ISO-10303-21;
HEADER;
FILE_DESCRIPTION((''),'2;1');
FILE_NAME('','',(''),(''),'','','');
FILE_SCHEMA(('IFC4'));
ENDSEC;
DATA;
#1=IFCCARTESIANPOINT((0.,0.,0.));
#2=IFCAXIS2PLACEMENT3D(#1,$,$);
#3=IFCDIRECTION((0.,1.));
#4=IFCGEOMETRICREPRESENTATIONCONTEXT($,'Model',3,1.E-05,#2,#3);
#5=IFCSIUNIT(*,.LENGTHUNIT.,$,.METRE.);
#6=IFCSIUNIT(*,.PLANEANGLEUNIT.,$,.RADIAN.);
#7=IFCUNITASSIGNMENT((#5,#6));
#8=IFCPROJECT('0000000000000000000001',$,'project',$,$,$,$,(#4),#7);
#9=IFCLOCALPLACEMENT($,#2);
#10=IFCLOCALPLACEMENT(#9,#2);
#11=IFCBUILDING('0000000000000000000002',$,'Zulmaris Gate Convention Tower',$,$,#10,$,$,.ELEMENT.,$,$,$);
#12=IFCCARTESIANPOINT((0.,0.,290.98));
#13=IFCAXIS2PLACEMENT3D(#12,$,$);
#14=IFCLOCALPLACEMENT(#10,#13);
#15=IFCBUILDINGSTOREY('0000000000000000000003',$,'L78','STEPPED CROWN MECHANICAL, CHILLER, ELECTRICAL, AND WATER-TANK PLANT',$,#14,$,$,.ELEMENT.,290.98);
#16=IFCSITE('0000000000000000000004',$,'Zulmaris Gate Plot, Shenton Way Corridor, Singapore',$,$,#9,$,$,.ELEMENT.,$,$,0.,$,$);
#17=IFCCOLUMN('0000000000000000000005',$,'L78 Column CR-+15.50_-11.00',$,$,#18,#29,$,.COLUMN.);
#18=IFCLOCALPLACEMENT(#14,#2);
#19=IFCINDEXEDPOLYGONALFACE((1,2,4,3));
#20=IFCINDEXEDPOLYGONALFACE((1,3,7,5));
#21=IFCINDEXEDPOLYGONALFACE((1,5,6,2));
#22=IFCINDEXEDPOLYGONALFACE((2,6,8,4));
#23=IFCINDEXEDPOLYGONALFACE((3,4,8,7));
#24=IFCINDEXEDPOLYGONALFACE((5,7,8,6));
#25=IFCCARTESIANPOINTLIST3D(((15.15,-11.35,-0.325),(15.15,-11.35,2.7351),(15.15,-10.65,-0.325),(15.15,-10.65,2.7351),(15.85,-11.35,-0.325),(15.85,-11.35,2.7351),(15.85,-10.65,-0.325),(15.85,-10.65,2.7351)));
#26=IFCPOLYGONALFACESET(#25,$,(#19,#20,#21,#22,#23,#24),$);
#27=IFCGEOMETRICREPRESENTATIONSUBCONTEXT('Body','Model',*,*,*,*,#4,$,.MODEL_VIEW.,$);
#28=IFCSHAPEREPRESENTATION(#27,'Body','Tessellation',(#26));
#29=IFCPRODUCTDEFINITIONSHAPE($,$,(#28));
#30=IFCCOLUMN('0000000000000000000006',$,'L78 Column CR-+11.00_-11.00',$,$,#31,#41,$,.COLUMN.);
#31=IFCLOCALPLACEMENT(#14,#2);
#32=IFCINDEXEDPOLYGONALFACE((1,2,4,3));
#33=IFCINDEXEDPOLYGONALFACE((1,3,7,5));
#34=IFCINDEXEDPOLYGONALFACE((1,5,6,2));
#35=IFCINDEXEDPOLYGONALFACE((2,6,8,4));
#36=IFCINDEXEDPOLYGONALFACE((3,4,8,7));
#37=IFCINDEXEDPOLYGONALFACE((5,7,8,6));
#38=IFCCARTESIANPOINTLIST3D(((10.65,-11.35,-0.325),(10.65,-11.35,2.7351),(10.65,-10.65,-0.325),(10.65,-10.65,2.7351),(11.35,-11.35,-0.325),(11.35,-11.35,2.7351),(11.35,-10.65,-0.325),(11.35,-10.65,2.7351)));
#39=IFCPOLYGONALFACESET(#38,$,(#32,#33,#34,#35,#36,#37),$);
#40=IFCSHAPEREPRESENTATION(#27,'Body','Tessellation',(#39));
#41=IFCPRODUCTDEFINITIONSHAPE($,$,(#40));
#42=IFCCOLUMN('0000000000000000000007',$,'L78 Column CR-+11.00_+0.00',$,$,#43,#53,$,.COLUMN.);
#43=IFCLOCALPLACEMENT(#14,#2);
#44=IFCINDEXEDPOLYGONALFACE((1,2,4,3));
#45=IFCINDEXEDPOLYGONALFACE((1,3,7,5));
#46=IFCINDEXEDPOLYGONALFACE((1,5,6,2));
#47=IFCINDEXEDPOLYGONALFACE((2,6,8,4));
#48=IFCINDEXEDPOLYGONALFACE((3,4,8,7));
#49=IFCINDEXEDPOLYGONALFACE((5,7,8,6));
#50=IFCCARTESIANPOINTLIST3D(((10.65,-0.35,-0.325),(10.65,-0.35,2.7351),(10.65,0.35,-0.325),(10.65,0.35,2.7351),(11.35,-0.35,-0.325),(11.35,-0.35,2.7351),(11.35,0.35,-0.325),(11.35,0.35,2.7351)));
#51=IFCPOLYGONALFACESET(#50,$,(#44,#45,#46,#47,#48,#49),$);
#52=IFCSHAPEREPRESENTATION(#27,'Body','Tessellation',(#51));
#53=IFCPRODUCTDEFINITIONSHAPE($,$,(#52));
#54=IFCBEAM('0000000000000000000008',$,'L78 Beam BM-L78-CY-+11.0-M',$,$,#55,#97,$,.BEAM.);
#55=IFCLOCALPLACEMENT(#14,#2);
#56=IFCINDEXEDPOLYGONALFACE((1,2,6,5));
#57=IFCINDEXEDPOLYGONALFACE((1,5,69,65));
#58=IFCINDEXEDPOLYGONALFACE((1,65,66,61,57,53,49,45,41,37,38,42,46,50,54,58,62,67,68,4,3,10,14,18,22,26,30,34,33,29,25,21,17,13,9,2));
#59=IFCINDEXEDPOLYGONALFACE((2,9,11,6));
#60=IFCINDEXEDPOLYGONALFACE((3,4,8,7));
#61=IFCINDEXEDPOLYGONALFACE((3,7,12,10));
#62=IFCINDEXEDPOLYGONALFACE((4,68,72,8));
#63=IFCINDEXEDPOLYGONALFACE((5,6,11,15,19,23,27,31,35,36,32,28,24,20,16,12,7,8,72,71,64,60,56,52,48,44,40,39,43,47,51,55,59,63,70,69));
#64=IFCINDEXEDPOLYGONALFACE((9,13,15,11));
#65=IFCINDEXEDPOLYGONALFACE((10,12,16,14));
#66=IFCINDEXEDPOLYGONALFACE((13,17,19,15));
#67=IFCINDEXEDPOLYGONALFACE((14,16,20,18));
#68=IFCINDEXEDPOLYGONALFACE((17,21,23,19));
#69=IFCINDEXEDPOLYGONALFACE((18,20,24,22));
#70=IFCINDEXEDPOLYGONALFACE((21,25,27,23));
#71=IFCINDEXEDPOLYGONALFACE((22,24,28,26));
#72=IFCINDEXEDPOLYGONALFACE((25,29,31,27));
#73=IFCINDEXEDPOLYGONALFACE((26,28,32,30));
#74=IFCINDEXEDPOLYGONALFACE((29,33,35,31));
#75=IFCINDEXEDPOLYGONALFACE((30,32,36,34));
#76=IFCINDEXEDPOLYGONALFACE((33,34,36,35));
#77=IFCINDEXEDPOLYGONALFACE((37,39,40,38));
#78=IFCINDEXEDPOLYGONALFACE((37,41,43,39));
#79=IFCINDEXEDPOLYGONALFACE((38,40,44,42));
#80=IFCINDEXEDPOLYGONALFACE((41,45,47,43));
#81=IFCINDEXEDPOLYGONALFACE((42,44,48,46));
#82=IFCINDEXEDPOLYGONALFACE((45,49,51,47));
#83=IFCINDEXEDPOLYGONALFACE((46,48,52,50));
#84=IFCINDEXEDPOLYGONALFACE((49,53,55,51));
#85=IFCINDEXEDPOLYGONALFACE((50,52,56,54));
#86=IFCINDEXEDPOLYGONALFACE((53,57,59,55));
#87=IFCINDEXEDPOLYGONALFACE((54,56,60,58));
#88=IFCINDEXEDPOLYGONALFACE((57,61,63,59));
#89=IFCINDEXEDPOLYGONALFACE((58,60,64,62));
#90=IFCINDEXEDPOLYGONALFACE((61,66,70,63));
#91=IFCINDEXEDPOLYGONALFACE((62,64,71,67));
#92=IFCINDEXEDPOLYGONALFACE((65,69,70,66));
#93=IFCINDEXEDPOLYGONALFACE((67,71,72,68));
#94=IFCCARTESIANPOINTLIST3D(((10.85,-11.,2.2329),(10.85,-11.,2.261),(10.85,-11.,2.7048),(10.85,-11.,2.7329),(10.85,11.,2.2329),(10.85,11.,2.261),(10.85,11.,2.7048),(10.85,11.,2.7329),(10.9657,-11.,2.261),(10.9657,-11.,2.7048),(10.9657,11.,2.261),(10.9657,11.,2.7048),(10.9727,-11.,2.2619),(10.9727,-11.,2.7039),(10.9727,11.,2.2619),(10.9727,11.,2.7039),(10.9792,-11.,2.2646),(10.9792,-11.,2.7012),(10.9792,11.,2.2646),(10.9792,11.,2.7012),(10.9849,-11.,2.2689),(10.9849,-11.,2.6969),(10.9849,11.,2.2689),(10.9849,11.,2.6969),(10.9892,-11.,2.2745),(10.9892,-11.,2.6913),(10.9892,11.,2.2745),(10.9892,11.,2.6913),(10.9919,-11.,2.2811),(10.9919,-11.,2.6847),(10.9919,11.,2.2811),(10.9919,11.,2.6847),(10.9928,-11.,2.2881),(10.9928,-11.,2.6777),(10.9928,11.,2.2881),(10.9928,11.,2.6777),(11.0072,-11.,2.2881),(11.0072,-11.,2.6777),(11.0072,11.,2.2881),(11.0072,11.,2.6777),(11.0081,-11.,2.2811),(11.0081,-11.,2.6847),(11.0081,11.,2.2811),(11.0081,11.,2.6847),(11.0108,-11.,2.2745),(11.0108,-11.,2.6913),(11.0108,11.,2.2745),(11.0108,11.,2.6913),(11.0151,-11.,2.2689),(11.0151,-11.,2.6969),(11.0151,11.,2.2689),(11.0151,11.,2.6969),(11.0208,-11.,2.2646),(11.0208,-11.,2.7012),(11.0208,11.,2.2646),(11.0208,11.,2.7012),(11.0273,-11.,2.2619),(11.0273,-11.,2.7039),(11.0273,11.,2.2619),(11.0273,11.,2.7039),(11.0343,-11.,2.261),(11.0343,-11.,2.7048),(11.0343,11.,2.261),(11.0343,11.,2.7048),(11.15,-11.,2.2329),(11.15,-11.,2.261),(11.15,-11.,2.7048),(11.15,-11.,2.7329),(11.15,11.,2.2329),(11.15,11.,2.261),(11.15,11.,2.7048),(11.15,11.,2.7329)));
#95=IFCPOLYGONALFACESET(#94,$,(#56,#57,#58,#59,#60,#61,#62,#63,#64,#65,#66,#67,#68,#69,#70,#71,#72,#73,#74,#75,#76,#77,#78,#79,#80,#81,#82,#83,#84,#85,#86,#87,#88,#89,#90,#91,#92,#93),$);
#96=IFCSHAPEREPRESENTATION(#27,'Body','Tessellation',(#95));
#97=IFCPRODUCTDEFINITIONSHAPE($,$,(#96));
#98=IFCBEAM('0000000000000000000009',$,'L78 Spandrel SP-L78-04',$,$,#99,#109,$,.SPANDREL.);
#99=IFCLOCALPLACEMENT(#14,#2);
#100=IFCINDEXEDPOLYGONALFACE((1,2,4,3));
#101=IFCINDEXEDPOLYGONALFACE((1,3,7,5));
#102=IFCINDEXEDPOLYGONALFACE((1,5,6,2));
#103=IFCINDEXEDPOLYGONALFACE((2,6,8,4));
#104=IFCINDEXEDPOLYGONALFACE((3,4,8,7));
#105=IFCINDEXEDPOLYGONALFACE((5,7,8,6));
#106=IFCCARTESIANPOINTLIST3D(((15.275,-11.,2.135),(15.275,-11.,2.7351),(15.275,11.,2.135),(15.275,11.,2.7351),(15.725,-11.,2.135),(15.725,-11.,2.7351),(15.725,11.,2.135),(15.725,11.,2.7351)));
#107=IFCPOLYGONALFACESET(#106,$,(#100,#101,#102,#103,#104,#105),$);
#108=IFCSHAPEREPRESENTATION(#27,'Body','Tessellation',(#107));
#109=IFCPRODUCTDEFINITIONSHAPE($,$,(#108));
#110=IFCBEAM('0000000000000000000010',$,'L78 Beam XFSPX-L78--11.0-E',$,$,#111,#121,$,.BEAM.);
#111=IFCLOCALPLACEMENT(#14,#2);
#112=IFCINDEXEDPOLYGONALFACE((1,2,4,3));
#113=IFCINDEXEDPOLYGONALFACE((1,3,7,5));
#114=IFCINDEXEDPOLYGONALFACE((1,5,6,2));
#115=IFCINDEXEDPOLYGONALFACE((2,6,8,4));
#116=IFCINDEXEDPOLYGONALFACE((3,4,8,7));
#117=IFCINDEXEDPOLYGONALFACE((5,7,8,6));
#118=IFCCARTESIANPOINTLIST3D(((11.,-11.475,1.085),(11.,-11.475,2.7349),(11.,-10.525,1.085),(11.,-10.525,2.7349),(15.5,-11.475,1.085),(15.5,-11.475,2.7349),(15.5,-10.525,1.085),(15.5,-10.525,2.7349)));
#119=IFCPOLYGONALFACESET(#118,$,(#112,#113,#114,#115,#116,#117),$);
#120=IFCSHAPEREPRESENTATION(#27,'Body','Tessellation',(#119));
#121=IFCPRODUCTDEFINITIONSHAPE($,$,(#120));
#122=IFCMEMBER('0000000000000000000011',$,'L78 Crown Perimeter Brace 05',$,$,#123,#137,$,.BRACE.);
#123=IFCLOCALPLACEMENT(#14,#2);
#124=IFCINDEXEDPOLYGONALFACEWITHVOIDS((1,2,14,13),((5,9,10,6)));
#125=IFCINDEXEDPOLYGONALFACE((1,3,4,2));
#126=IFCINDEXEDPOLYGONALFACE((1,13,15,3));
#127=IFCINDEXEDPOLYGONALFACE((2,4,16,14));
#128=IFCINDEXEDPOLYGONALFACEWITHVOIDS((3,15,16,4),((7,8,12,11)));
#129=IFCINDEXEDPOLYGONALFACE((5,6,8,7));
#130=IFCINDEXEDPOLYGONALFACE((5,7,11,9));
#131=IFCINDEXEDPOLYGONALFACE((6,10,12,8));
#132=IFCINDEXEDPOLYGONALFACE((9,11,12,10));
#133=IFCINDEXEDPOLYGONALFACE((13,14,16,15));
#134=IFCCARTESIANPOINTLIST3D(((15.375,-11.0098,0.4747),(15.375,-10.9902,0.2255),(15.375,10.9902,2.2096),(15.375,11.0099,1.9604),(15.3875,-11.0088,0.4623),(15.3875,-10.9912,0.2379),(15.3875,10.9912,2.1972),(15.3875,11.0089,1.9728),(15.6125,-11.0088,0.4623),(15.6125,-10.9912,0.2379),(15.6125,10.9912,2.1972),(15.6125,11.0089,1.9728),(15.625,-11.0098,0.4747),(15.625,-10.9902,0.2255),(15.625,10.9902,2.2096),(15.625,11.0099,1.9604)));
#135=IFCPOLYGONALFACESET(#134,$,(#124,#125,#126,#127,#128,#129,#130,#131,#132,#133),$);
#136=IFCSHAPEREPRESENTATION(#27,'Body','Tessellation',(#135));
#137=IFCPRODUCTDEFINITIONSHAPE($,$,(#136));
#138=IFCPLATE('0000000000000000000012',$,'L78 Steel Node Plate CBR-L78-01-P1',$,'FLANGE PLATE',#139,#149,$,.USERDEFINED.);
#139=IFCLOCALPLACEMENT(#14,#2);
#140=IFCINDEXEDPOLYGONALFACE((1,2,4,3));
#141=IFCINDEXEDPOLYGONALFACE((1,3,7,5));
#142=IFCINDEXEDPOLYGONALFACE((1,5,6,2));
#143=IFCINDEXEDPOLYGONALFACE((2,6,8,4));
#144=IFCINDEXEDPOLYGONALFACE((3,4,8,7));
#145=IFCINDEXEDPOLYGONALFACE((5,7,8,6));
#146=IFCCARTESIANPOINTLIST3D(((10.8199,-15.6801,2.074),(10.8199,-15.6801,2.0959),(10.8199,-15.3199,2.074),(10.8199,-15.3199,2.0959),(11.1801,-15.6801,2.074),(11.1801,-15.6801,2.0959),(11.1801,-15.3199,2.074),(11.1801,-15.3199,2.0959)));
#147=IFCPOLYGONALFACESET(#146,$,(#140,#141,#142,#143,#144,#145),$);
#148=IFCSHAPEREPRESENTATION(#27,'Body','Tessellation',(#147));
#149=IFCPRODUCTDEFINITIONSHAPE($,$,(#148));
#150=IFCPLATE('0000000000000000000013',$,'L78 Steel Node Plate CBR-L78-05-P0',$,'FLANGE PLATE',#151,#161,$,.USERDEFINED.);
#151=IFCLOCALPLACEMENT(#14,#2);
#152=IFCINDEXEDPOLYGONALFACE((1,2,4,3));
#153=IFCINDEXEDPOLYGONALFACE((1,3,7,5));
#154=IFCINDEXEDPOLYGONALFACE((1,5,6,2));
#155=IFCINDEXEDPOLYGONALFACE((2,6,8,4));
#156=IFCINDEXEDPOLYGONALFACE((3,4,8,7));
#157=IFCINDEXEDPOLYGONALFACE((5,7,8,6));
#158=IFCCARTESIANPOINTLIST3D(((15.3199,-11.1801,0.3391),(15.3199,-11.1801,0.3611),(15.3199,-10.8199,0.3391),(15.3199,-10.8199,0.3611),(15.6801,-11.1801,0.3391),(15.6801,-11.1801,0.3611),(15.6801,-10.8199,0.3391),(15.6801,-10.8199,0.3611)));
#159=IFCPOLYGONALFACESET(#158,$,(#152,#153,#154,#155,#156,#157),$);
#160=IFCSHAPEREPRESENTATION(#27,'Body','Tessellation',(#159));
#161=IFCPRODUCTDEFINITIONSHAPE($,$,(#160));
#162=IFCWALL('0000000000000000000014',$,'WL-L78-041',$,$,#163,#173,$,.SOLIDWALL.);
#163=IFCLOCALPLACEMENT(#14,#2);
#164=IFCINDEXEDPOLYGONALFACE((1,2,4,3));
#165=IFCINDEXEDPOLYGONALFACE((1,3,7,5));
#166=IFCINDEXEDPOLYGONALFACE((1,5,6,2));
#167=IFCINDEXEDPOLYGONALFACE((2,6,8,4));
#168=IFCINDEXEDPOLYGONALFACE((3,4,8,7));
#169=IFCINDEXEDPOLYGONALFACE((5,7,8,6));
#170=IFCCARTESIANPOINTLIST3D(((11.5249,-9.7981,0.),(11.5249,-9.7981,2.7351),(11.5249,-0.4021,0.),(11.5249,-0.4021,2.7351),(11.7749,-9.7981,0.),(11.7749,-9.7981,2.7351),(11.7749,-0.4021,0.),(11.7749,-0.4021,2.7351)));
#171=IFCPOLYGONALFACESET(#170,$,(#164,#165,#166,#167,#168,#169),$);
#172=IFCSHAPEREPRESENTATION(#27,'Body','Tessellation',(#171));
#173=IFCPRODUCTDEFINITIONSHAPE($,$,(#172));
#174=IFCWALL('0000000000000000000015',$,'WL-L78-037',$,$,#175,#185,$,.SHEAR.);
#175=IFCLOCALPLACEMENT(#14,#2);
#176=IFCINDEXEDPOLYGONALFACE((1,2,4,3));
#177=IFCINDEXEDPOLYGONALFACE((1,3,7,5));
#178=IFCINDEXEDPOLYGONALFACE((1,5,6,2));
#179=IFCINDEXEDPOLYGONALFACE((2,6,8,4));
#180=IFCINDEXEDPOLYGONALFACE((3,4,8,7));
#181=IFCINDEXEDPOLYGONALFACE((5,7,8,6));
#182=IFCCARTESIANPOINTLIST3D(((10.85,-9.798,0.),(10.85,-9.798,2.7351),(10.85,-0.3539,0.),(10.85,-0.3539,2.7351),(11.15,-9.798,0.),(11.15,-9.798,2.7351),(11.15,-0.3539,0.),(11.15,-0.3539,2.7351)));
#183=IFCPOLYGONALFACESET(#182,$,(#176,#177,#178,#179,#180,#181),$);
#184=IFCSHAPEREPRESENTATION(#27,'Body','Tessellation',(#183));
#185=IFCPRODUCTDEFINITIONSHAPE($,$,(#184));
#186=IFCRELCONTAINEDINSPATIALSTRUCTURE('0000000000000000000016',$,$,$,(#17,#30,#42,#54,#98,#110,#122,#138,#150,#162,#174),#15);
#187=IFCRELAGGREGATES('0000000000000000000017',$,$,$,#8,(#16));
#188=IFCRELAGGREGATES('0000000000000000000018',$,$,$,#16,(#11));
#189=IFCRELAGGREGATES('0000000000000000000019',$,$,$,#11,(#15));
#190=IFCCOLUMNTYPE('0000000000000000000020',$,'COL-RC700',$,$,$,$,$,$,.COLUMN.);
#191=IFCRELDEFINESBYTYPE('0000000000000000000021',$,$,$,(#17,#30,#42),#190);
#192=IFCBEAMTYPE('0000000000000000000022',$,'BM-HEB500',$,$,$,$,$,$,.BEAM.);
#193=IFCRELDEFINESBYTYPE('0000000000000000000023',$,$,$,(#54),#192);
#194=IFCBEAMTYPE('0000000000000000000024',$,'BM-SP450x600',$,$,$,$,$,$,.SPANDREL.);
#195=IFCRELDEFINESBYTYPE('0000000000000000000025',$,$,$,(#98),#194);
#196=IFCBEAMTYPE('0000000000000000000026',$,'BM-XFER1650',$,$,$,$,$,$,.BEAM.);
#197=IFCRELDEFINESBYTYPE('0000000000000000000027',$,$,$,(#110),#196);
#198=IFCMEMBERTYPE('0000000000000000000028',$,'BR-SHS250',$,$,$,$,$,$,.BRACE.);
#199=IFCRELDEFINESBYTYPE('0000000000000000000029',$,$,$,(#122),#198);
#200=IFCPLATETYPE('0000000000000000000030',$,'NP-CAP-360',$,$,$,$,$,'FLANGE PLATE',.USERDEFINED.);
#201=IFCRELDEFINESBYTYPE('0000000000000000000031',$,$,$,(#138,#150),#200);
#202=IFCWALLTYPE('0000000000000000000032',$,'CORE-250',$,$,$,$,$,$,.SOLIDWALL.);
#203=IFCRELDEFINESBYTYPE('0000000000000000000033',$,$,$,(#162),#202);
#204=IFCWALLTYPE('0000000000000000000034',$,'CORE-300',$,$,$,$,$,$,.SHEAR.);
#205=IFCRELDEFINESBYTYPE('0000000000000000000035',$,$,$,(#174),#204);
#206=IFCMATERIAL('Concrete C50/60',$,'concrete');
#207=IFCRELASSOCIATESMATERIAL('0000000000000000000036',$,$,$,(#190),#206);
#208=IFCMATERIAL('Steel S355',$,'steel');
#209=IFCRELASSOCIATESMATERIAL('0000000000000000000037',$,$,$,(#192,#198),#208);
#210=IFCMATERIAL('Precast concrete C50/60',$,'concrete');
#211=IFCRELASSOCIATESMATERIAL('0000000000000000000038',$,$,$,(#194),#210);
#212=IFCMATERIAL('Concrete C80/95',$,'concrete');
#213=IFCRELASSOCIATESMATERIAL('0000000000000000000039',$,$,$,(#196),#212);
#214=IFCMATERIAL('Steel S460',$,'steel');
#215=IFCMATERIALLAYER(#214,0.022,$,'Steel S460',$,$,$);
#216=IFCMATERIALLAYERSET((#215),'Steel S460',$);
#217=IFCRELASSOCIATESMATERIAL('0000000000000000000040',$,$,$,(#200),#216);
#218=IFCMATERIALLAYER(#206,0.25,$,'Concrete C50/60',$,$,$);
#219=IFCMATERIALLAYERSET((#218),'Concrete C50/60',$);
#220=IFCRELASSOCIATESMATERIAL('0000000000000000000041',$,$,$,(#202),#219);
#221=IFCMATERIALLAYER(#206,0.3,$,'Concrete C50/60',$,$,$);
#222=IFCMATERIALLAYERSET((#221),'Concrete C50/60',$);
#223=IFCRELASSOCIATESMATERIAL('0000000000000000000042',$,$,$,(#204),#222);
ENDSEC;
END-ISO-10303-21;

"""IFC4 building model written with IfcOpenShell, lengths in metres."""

from ifc_helpers import new_model, si_unit, direction, frame, frame_2d, origin, origin_2d, place, context, subcontext, project, spatial, rectangle, hollow_rectangle, i_section, extrude, material, layer, layer_set, material_profile, profile_set, type_object, element, save


model = new_model("IFC4")

# Units and contexts
model_context = context("Model", 3, precision=1e-05, world=origin(), true_north=direction((0.0, 1.0)))
body_context = subcontext(model_context, "Body", "Model", "MODEL_VIEW")
ifc_project = project(units=[si_unit("LENGTHUNIT", "METRE"), si_unit("PLANEANGLEUNIT", "RADIAN")], contexts=[model_context])

# Site, building, storey
site_placement = place(None, origin())
site = spatial("IfcSite", under=ifc_project, at=site_placement, Name="Zulmaris Gate Plot, Shenton Way Corridor, Singapore", CompositionType="ELEMENT", RefElevation=0.0)
building_placement = place(site_placement, origin())
building = spatial("IfcBuilding", under=site, at=building_placement, Name="Zulmaris Gate Convention Tower", CompositionType="ELEMENT")
storey_placement = place(building_placement, frame((0.0, 0.0, 290.98)))
storey = spatial("IfcBuildingStorey", under=building, at=storey_placement, Name="L78", Description="STEPPED CROWN MECHANICAL, CHILLER, ELECTRICAL, AND WATER-TANK PLANT", CompositionType="ELEMENT", Elevation=290.98)

# Columns
ifc_material_1 = material(Name="Concrete C50/60", Category="concrete")
ifc_material_profile_1 = material_profile(ifc_material_1, rectangle(XDim=0.7, YDim=0.7, at=origin_2d()), Name="RC COL 700x700")
ifc_profile_set_1 = profile_set([ifc_material_profile_1], Name="Concrete C50/60")
column_type = type_object("IfcColumnType", Name="COL-RC700", PredefinedType="COLUMN", material=ifc_profile_set_1)
for number, where, z_axis, x_axis, name in (
    (1, (15.5, -11.0, -0.325), (0.0, 0.0, 1.0), (1.0, 0.0, 0.0), "L78 Column CR-+15.50_-11.00"),
    (2, (11.0, -11.0, -0.325), (0.0, 0.0, 1.0), (1.0, 0.0, 0.0), "L78 Column CR-+11.00_-11.00"),
    (3, (11.0, 0.0, -0.325), (0.0, 0.0, 1.0), (1.0, 0.0, 0.0), "L78 Column CR-+11.00_+0.00"),
):
    element("IfcColumn", number, at=place(storey_placement, frame(where, z_axis=z_axis, x_axis=x_axis)), inside=storey, type_object=column_type, Name=name, PredefinedType="COLUMN", context=body_context, shape_type="SweptSolid", body=[
        extrude(rectangle(XDim=0.7, YDim=0.7, at=origin_2d()), origin(), (0.0, 0.0, 1.0), 3.0601),
    ])

# Beams
ifc_material_2 = material(Name="Steel S355", Category="steel")
ifc_material_profile_2 = material_profile(ifc_material_2, i_section(OverallWidth=0.3, OverallDepth=0.5, WebThickness=0.0144, FlangeThickness=0.0281, FilletRadius=0.0271, at=origin_2d()), Name="HEB 500")
ifc_profile_set_2 = profile_set([ifc_material_profile_2], Name="Steel S355")
beam_type_1 = type_object("IfcBeamType", Name="BM-HEB500", PredefinedType="BEAM", material=ifc_profile_set_2)
beam_1_placement = place(storey_placement, frame((11.0, -11.0, 2.4829), z_axis=(0.0, 1.0, 0.0), x_axis=(-1.0, 0.0, 0.0)))
element("IfcBeam", 4, at=beam_1_placement, inside=storey, type_object=beam_type_1, Name="L78 Beam BM-L78-CY-+11.0-M", PredefinedType="BEAM", context=body_context, shape_type="SweptSolid", body=[
    extrude(i_section(OverallWidth=0.3, OverallDepth=0.5, WebThickness=0.0144, FlangeThickness=0.0281, FilletRadius=0.0271, at=origin_2d()), origin(), (0.0, 0.0, 1.0), 22.0),
])
ifc_material_3 = material(Name="Precast concrete C50/60", Category="concrete")
ifc_material_profile_3 = material_profile(ifc_material_3, rectangle(XDim=0.45, YDim=0.6001, at=origin_2d()), Name="RC SPANDREL 450x600")
ifc_profile_set_3 = profile_set([ifc_material_profile_3], Name="Precast concrete C50/60")
beam_type_2 = type_object("IfcBeamType", Name="BM-SP450x600", PredefinedType="SPANDREL", material=ifc_profile_set_3)
beam_2_placement = place(storey_placement, frame((15.5, -11.0, 2.4351), z_axis=(0.0, 1.0, 0.0), x_axis=(-1.0, 0.0, 0.0)))
element("IfcBeam", 5, at=beam_2_placement, inside=storey, type_object=beam_type_2, Name="L78 Spandrel SP-L78-04", PredefinedType="SPANDREL", context=body_context, shape_type="SweptSolid", body=[
    extrude(rectangle(XDim=0.45, YDim=0.6001, at=origin_2d()), origin(), (0.0, 0.0, 1.0), 22.0),
])
ifc_material_4 = material(Name="Concrete C80/95", Category="concrete")
ifc_material_profile_4 = material_profile(ifc_material_4, rectangle(XDim=0.95, YDim=1.6499, at=origin_2d()), Name="RC TRANSFER 950x1650")
ifc_profile_set_4 = profile_set([ifc_material_profile_4], Name="Concrete C80/95")
beam_type_3 = type_object("IfcBeamType", Name="BM-XFER1650", PredefinedType="BEAM", material=ifc_profile_set_4)
beam_3_placement = place(storey_placement, frame((11.0, -11.0, 1.9099), z_axis=(1.0, 0.0, 0.0), x_axis=(0.0, 1.0, 0.0)))
element("IfcBeam", 6, at=beam_3_placement, inside=storey, type_object=beam_type_3, Name="L78 Beam XFSPX-L78--11.0-E", PredefinedType="BEAM", context=body_context, shape_type="SweptSolid", body=[
    extrude(rectangle(XDim=0.95, YDim=1.6499, at=origin_2d()), origin(), (0.0, 0.0, 1.0), 4.5),
])

# Member
ifc_material_profile_5 = material_profile(ifc_material_2, hollow_rectangle(XDim=0.25, YDim=0.25, WallThickness=0.0125, at=origin_2d()), Name="SHS 250x250x12.5")
ifc_profile_set_5 = profile_set([ifc_material_profile_5], Name="Steel S355")
member_type = type_object("IfcMemberType", Name="BR-SHS250", PredefinedType="BRACE", material=ifc_profile_set_5)
member_placement = place(storey_placement, frame((15.5, -11.0, 0.3501), z_axis=(0.0, 0.996905, 0.078613), x_axis=(-1.0, 0.0, 0.0)))
element("IfcMember", 7, at=member_placement, inside=storey, type_object=member_type, Name="L78 Crown Perimeter Brace 05", PredefinedType="BRACE", context=body_context, shape_type="SweptSolid", body=[
    extrude(hollow_rectangle(XDim=0.25, YDim=0.25, WallThickness=0.0125, at=origin_2d()), origin(), (0.0, 0.0, 1.0), 22.0684),
])

# Plates
ifc_material_5 = material(Name="Steel S460", Category="steel")
ifc_layer_1 = layer(ifc_material_5, 0.022, Name="Steel S460")
ifc_layer_set_1 = layer_set([ifc_layer_1], Name="Steel S460")
plate_type = type_object("IfcPlateType", Name="NP-CAP-360", ElementType="FLANGE PLATE", PredefinedType="USERDEFINED", material=ifc_layer_set_1)
for number, where, z_axis, x_axis, name in (
    (8, (11.0, -15.5, 2.074), (0.0, 0.0, 1.0), (1.0, 0.0, 0.0), "L78 Steel Node Plate CBR-L78-01-P1"),
    (9, (15.5, -11.0, 0.3391), (0.0, 0.0, 1.0), (1.0, 0.0, 0.0), "L78 Steel Node Plate CBR-L78-05-P0"),
):
    element("IfcPlate", number, at=place(storey_placement, frame(where, z_axis=z_axis, x_axis=x_axis)), inside=storey, type_object=plate_type, Name=name, ObjectType="FLANGE PLATE", PredefinedType="USERDEFINED", context=body_context, shape_type="SweptSolid", body=[
        extrude(rectangle(XDim=0.3601, YDim=0.3601, at=origin_2d()), origin(), (0.0, 0.0, 1.0), 0.022),
    ])

# Wall
ifc_layer_2 = layer(ifc_material_1, 0.25, Name="Concrete C50/60")
ifc_layer_set_2 = layer_set([ifc_layer_2], Name="Concrete C50/60")
wall_type_1 = type_object("IfcWallType", Name="CORE-250", PredefinedType="SOLIDWALL", material=ifc_layer_set_2)
wall_1_placement = place(storey_placement, frame((11.6499, -9.7981, 0.0), z_axis=(0.0, 0.0, 1.0), x_axis=(0.0, 1.0, 0.0)))
element("IfcWall", 10, at=wall_1_placement, inside=storey, type_object=wall_type_1, Name="WL-L78-041", PredefinedType="SOLIDWALL", context=body_context, shape_type="SweptSolid", body=[
    extrude(rectangle(XDim=9.396, YDim=0.25, at=frame_2d((4.698, 0.0))), origin(), (0.0, 0.0, 1.0), 2.7351),
])

# Shared definitions
ifc_layer_3 = layer(ifc_material_1, 0.3, Name="Concrete C50/60")
ifc_layer_set_3 = layer_set([ifc_layer_3], Name="Concrete C50/60")
wall_type_2 = type_object("IfcWallType", Name="CORE-300", PredefinedType="SHEAR", material=ifc_layer_set_3)

# Wall
wall_2_placement = place(storey_placement, frame((11.0, -9.7981, 0.0), z_axis=(0.0, 0.0, 1.0), x_axis=(0.0, 1.0, 0.0)))
element("IfcWall", 11, at=wall_2_placement, inside=storey, type_object=wall_type_2, Name="WL-L78-037", PredefinedType="SHEAR", context=body_context, shape_type="SweptSolid", body=[
    extrude(rectangle(XDim=9.4441, YDim=0.3, at=frame_2d((4.7222, 0.0))), origin(), (0.0, 0.0, 1.0), 2.7351),
])

save(model, "model.ifc")
